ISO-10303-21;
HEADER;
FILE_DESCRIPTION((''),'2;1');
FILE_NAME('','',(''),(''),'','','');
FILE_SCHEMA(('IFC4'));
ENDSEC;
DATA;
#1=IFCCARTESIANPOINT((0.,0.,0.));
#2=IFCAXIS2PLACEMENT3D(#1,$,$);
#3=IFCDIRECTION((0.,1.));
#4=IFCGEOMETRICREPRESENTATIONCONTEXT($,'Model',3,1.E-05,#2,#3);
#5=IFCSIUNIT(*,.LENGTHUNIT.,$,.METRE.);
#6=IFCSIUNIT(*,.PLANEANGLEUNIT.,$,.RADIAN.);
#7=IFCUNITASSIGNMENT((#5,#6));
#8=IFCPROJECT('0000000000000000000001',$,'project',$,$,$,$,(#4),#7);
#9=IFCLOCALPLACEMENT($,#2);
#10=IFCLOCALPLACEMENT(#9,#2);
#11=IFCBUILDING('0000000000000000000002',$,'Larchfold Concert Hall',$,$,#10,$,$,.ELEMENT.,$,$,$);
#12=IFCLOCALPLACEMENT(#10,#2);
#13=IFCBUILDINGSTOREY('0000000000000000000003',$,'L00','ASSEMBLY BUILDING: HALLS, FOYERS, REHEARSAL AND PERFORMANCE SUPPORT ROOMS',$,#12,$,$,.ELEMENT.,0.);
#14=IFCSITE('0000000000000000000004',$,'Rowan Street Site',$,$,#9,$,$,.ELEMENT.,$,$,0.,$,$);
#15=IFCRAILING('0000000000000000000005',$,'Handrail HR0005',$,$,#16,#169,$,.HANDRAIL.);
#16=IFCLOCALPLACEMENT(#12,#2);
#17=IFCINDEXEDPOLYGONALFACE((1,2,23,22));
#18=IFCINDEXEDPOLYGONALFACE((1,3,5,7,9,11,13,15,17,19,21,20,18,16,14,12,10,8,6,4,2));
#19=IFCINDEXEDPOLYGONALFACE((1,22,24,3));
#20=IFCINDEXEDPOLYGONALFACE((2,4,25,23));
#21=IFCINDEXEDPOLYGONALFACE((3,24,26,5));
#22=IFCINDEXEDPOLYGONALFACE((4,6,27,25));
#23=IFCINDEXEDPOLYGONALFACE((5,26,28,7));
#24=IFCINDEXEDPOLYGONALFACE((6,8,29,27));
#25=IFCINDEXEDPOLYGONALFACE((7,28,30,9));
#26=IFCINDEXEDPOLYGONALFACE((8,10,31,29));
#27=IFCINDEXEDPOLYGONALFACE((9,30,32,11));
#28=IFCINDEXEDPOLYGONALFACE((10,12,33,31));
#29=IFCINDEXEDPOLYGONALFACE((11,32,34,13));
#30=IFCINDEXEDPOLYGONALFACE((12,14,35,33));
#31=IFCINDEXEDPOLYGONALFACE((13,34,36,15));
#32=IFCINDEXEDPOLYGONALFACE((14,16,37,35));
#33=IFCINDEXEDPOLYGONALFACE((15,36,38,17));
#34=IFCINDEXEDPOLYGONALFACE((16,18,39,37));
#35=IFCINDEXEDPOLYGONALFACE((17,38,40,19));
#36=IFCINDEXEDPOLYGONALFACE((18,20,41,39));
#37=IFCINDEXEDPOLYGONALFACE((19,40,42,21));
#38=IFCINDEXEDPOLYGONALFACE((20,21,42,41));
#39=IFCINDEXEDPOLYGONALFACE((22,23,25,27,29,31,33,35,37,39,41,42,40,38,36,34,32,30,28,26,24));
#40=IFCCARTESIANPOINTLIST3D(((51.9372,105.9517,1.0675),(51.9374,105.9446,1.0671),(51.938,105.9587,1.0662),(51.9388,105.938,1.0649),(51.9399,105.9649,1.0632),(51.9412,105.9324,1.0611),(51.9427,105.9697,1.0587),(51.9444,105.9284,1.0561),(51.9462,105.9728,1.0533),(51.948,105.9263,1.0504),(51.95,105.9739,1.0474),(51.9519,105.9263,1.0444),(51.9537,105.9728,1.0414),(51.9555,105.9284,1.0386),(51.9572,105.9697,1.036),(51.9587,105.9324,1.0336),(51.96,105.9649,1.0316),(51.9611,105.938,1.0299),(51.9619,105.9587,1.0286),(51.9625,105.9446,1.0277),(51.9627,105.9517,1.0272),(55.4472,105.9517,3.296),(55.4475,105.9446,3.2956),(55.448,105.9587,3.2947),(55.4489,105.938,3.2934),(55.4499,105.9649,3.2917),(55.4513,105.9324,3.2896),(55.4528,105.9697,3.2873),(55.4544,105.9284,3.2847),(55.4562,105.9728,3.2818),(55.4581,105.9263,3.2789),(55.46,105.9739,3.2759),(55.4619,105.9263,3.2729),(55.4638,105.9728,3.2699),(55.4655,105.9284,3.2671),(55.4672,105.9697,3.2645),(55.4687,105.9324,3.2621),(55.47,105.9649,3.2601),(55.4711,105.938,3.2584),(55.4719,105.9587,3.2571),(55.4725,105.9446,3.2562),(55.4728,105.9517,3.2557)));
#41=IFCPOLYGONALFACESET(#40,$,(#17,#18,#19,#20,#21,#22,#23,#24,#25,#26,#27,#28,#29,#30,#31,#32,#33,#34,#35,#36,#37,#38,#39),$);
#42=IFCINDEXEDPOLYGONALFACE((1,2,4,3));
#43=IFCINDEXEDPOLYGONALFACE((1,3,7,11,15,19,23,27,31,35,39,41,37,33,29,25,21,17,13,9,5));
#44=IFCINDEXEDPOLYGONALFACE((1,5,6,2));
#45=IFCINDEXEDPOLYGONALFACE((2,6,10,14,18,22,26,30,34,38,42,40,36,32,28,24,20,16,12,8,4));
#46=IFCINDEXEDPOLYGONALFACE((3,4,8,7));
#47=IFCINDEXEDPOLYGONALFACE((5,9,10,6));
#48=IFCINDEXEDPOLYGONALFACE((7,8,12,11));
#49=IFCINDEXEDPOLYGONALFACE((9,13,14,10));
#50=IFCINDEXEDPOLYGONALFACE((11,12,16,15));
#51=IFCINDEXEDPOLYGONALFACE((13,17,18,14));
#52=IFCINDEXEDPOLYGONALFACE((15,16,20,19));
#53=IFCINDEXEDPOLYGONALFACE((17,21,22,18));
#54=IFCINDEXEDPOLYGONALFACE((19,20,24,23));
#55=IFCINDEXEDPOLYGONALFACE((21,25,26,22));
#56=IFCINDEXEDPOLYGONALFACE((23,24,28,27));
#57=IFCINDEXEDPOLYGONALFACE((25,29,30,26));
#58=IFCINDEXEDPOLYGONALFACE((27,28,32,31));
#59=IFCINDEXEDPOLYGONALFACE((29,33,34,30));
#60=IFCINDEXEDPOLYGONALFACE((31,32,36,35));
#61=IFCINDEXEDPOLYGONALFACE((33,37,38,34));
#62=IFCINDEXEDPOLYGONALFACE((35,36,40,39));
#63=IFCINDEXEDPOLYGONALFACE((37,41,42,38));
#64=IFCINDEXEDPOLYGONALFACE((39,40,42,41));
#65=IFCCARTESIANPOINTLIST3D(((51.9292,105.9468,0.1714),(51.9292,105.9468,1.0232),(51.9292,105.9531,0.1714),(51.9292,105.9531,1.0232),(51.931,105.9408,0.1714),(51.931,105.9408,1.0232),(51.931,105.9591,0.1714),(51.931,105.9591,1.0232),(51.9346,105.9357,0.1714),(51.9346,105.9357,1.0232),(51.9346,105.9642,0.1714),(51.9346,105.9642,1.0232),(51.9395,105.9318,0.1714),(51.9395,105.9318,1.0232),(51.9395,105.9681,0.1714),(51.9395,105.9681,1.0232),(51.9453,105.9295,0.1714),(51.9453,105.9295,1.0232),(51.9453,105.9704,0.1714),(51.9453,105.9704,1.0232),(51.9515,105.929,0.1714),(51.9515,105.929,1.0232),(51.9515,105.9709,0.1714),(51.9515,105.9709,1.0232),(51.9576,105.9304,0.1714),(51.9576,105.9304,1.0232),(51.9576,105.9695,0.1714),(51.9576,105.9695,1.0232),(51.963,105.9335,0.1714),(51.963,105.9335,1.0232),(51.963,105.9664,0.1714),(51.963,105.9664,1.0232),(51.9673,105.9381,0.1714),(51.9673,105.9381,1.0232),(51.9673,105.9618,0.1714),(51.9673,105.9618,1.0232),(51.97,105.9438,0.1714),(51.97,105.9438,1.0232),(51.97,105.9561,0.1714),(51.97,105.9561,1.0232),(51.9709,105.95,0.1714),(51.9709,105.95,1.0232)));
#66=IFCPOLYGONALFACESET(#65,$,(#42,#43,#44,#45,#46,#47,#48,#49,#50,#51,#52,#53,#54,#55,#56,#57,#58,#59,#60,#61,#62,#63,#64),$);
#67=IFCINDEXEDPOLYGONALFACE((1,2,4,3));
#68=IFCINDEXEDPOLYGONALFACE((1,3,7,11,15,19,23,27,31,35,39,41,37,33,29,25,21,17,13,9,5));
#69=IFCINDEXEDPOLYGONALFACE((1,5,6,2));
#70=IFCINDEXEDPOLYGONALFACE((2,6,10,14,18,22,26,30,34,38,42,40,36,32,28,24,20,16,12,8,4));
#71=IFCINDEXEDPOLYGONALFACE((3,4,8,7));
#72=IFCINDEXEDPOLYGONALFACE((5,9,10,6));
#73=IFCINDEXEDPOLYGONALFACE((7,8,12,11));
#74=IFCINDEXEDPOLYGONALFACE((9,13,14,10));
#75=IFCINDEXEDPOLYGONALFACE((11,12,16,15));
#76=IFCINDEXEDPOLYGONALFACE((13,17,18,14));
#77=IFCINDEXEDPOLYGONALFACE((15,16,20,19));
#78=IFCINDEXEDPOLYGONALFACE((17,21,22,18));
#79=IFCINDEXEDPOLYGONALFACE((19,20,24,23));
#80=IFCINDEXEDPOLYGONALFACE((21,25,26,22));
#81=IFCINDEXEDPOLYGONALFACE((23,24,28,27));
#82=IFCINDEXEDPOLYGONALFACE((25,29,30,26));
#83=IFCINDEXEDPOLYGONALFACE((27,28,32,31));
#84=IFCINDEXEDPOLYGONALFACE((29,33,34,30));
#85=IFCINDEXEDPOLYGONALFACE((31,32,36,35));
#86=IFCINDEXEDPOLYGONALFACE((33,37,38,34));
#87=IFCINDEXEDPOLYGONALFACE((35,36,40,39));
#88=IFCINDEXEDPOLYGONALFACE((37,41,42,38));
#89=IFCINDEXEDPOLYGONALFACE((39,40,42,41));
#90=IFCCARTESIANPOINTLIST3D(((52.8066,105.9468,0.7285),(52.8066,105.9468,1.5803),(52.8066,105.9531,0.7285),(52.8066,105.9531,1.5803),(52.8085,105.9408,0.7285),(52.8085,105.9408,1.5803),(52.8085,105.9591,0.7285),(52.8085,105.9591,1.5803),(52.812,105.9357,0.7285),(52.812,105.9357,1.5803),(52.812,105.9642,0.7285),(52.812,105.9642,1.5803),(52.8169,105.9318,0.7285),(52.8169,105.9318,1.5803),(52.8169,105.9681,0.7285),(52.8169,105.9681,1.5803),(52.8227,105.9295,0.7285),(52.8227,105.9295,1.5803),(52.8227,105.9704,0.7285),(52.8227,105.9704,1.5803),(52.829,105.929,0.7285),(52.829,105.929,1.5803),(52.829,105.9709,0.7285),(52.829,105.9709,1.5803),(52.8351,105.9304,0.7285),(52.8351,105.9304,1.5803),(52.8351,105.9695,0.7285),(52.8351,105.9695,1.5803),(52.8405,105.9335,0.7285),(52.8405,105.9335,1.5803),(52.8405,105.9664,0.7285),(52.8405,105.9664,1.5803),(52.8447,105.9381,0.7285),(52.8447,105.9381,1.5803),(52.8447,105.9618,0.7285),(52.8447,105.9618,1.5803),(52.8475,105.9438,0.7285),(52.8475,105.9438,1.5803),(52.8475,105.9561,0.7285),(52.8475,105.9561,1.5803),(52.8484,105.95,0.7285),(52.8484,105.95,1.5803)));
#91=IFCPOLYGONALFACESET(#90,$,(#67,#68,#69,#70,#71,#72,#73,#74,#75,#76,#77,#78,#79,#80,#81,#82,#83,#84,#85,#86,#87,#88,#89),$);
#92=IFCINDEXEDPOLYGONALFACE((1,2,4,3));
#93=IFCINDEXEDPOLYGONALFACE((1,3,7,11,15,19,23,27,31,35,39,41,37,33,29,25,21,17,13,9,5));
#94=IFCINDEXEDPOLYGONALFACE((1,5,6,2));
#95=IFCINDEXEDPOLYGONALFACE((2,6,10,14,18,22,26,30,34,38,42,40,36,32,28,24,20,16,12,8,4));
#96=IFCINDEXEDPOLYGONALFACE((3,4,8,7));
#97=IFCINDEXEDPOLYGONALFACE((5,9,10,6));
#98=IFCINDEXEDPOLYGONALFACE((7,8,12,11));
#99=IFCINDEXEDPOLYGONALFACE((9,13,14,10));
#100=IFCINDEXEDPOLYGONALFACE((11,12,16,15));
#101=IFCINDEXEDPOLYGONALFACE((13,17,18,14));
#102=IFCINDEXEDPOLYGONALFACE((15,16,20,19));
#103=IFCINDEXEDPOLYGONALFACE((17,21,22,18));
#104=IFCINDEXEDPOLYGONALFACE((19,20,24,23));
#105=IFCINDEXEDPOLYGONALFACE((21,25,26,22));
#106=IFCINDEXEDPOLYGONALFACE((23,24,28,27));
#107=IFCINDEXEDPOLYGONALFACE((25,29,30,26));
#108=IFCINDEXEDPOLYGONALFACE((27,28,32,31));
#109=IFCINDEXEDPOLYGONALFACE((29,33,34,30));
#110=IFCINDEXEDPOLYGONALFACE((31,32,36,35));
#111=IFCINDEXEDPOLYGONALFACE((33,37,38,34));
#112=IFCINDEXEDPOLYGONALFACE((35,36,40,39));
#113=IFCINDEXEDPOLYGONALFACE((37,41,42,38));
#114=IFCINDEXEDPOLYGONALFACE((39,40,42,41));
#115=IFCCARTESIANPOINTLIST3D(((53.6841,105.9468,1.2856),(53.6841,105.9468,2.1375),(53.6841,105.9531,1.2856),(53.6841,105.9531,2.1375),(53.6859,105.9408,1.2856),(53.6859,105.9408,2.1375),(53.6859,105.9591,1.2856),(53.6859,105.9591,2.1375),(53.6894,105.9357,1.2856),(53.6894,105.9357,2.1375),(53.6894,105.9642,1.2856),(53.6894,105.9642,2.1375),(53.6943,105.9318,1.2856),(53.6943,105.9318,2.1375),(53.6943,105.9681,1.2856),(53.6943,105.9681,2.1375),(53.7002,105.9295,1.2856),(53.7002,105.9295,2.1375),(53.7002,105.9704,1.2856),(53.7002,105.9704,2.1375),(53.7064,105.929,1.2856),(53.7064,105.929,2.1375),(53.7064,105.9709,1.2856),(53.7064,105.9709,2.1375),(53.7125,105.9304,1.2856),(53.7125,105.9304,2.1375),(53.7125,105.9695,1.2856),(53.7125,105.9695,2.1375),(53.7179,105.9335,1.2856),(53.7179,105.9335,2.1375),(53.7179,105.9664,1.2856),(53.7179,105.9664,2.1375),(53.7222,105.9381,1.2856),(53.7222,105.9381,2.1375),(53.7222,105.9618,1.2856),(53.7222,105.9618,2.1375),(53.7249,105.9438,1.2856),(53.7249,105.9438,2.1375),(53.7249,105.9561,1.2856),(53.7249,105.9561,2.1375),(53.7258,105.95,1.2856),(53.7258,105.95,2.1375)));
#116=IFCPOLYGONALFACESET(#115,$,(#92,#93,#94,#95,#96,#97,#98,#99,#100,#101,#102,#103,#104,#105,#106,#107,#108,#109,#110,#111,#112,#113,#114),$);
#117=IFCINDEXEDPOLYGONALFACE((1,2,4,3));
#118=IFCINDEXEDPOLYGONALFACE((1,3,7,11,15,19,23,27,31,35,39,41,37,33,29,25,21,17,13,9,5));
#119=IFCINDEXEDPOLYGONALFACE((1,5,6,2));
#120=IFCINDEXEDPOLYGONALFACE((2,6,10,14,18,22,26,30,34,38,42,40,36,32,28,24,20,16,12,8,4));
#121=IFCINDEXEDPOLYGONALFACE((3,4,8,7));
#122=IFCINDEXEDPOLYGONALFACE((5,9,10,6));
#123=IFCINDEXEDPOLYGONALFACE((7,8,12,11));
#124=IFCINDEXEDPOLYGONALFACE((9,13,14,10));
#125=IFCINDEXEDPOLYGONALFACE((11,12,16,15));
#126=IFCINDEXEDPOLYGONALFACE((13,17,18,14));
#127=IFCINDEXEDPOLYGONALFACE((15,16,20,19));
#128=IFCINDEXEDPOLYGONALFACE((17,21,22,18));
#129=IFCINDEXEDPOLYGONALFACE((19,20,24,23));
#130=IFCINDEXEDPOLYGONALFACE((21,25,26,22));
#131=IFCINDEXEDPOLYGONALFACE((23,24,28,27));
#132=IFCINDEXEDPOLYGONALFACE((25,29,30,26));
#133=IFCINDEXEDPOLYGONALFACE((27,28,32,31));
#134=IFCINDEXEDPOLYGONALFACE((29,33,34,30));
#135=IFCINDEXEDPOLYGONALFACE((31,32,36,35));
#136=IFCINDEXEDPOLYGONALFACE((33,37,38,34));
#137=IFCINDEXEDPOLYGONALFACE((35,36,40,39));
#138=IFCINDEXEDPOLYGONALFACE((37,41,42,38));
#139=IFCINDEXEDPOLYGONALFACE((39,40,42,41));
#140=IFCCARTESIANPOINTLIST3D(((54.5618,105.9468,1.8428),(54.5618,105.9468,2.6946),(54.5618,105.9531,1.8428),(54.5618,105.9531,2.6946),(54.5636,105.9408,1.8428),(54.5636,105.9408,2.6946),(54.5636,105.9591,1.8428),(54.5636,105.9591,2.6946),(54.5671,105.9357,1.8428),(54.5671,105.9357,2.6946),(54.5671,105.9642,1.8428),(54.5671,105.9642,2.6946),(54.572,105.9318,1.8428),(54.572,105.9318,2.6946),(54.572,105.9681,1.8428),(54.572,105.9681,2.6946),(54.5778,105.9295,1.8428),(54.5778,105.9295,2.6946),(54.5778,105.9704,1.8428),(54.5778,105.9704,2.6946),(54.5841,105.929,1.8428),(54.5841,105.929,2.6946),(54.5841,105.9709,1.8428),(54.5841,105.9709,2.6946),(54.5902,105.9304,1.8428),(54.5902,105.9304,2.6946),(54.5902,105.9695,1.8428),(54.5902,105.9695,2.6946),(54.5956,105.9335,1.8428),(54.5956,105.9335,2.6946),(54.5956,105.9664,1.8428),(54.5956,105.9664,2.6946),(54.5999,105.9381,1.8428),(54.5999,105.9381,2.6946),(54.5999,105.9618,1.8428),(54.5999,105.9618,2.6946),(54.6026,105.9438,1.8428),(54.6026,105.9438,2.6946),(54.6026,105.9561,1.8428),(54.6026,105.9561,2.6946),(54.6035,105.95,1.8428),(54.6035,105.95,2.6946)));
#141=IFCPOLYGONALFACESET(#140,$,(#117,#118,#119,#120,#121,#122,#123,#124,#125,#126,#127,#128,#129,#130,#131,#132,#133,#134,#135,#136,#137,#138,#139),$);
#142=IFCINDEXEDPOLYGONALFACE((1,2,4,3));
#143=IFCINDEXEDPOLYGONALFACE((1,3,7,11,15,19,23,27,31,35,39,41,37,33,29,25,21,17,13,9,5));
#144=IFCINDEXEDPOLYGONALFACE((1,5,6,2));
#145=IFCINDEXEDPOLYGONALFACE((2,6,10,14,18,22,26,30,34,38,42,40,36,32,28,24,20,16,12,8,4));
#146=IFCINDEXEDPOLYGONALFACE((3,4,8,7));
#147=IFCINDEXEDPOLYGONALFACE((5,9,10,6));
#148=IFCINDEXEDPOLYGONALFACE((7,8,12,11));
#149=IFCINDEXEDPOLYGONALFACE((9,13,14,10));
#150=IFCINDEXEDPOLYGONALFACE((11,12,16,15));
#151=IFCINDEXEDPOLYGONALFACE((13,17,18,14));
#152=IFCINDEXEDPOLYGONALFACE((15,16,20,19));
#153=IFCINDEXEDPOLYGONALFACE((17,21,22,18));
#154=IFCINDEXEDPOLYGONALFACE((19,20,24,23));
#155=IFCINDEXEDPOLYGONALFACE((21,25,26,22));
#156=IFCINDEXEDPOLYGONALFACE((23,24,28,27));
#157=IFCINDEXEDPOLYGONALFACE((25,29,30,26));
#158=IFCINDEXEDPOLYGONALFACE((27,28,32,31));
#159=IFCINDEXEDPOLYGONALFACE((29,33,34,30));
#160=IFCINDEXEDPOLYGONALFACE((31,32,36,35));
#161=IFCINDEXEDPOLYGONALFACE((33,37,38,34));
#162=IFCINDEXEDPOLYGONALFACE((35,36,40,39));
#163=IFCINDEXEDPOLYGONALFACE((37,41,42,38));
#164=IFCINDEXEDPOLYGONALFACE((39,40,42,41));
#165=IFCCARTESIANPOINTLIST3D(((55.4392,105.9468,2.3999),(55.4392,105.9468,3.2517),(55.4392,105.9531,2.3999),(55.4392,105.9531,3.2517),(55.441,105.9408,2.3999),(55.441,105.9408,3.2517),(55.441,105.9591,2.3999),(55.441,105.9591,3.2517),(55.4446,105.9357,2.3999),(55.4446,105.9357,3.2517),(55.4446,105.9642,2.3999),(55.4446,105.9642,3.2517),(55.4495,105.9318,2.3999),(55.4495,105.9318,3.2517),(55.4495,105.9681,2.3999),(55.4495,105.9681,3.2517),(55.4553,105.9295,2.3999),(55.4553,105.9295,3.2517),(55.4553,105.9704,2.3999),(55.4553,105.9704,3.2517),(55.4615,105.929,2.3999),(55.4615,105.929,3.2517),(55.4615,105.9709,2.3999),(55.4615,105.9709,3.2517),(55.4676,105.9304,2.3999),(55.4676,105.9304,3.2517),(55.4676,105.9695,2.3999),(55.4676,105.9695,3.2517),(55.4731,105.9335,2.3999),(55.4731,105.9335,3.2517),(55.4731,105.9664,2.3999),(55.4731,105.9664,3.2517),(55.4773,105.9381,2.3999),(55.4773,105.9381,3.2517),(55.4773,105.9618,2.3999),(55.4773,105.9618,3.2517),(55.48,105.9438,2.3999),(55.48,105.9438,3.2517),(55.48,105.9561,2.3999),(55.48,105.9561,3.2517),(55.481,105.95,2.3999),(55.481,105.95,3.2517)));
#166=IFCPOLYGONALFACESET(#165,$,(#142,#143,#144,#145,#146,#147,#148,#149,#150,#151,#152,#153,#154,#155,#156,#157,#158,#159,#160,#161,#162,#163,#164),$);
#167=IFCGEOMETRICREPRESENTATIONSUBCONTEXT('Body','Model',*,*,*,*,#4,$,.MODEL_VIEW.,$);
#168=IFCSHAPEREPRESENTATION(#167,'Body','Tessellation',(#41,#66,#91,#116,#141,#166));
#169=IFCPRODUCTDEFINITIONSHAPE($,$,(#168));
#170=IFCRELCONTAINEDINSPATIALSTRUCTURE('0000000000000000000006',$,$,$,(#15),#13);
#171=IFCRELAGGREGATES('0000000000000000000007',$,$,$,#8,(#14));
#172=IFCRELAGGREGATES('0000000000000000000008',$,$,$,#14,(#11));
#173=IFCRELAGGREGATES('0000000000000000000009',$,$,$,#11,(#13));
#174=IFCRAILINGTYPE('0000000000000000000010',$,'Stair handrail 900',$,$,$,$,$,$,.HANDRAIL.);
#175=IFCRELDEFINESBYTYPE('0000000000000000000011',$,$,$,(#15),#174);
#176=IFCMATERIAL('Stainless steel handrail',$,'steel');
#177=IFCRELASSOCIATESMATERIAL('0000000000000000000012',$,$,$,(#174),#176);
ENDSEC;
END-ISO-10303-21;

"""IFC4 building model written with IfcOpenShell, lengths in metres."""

from ifc_helpers import new_model, si_unit, direction, frame, origin, origin_2d, place, context, subcontext, project, spatial, circle, extrude, material, type_object, element, save


model = new_model("IFC4")

# Units and contexts
model_context = context("Model", 3, precision=1e-05, world=origin(), true_north=direction((0.0, 1.0)))
body_context = subcontext(model_context, "Body", "Model", "MODEL_VIEW")
ifc_project = project(units=[si_unit("LENGTHUNIT", "METRE"), si_unit("PLANEANGLEUNIT", "RADIAN")], contexts=[model_context])

# Site, building, storey
site_placement = place(None, origin())
site = spatial("IfcSite", under=ifc_project, at=site_placement, Name="Rowan Street Site", CompositionType="ELEMENT", RefElevation=0.0)
building_placement = place(site_placement, origin())
building = spatial("IfcBuilding", under=site, at=building_placement, Name="Larchfold Concert Hall", CompositionType="ELEMENT")
storey_placement = place(building_placement, origin())
storey = spatial("IfcBuildingStorey", under=building, at=storey_placement, Name="L00", Description="ASSEMBLY BUILDING: HALLS, FOYERS, REHEARSAL AND PERFORMANCE SUPPORT ROOMS", CompositionType="ELEMENT", Elevation=0.0)

# Railing
ifc_material_1 = material(Name="Stainless steel handrail", Category="steel")
railing_type_1 = type_object("IfcRailingType", Name="Stair handrail 900", PredefinedType="HANDRAIL", material=ifc_material_1)
for number, where, name in (
    (1, (51.95, 105.95, 0.1714), "Handrail HR0005"),
):
    element("IfcRailing", number, at=place(storey_placement, frame(where)), inside=storey, type_object=railing_type_1, Name=name, PredefinedType="HANDRAIL", context=body_context, shape_type="SweptSolid", body=[
        extrude(circle(Radius=0.0239, at=origin_2d()), frame((0.0, 0.0, 0.876), z_axis=(0.84422, 0.0, 0.535998), x_axis=(0.0, 1.0, 0.0)), (0.0, 0.0, 1.0), 4.1577),
        extrude(circle(Radius=0.021, at=origin_2d()), origin(), (0.0, 0.0, 1.0), 0.8518),
        extrude(circle(Radius=0.021, at=origin_2d()), frame((0.8774, 0.0, 0.5571)), (0.0, 0.0, 1.0), 0.8518),
        extrude(circle(Radius=0.021, at=origin_2d()), frame((1.7549, 0.0, 1.1143)), (0.0, 0.0, 1.0), 0.8518),
        extrude(circle(Radius=0.021, at=origin_2d()), frame((2.6326, 0.0, 1.6714)), (0.0, 0.0, 1.0), 0.8518),
        extrude(circle(Radius=0.021, at=origin_2d()), frame((3.51, 0.0, 2.2285)), (0.0, 0.0, 1.0), 0.8518),
    ])

save(model, "model.ifc")
